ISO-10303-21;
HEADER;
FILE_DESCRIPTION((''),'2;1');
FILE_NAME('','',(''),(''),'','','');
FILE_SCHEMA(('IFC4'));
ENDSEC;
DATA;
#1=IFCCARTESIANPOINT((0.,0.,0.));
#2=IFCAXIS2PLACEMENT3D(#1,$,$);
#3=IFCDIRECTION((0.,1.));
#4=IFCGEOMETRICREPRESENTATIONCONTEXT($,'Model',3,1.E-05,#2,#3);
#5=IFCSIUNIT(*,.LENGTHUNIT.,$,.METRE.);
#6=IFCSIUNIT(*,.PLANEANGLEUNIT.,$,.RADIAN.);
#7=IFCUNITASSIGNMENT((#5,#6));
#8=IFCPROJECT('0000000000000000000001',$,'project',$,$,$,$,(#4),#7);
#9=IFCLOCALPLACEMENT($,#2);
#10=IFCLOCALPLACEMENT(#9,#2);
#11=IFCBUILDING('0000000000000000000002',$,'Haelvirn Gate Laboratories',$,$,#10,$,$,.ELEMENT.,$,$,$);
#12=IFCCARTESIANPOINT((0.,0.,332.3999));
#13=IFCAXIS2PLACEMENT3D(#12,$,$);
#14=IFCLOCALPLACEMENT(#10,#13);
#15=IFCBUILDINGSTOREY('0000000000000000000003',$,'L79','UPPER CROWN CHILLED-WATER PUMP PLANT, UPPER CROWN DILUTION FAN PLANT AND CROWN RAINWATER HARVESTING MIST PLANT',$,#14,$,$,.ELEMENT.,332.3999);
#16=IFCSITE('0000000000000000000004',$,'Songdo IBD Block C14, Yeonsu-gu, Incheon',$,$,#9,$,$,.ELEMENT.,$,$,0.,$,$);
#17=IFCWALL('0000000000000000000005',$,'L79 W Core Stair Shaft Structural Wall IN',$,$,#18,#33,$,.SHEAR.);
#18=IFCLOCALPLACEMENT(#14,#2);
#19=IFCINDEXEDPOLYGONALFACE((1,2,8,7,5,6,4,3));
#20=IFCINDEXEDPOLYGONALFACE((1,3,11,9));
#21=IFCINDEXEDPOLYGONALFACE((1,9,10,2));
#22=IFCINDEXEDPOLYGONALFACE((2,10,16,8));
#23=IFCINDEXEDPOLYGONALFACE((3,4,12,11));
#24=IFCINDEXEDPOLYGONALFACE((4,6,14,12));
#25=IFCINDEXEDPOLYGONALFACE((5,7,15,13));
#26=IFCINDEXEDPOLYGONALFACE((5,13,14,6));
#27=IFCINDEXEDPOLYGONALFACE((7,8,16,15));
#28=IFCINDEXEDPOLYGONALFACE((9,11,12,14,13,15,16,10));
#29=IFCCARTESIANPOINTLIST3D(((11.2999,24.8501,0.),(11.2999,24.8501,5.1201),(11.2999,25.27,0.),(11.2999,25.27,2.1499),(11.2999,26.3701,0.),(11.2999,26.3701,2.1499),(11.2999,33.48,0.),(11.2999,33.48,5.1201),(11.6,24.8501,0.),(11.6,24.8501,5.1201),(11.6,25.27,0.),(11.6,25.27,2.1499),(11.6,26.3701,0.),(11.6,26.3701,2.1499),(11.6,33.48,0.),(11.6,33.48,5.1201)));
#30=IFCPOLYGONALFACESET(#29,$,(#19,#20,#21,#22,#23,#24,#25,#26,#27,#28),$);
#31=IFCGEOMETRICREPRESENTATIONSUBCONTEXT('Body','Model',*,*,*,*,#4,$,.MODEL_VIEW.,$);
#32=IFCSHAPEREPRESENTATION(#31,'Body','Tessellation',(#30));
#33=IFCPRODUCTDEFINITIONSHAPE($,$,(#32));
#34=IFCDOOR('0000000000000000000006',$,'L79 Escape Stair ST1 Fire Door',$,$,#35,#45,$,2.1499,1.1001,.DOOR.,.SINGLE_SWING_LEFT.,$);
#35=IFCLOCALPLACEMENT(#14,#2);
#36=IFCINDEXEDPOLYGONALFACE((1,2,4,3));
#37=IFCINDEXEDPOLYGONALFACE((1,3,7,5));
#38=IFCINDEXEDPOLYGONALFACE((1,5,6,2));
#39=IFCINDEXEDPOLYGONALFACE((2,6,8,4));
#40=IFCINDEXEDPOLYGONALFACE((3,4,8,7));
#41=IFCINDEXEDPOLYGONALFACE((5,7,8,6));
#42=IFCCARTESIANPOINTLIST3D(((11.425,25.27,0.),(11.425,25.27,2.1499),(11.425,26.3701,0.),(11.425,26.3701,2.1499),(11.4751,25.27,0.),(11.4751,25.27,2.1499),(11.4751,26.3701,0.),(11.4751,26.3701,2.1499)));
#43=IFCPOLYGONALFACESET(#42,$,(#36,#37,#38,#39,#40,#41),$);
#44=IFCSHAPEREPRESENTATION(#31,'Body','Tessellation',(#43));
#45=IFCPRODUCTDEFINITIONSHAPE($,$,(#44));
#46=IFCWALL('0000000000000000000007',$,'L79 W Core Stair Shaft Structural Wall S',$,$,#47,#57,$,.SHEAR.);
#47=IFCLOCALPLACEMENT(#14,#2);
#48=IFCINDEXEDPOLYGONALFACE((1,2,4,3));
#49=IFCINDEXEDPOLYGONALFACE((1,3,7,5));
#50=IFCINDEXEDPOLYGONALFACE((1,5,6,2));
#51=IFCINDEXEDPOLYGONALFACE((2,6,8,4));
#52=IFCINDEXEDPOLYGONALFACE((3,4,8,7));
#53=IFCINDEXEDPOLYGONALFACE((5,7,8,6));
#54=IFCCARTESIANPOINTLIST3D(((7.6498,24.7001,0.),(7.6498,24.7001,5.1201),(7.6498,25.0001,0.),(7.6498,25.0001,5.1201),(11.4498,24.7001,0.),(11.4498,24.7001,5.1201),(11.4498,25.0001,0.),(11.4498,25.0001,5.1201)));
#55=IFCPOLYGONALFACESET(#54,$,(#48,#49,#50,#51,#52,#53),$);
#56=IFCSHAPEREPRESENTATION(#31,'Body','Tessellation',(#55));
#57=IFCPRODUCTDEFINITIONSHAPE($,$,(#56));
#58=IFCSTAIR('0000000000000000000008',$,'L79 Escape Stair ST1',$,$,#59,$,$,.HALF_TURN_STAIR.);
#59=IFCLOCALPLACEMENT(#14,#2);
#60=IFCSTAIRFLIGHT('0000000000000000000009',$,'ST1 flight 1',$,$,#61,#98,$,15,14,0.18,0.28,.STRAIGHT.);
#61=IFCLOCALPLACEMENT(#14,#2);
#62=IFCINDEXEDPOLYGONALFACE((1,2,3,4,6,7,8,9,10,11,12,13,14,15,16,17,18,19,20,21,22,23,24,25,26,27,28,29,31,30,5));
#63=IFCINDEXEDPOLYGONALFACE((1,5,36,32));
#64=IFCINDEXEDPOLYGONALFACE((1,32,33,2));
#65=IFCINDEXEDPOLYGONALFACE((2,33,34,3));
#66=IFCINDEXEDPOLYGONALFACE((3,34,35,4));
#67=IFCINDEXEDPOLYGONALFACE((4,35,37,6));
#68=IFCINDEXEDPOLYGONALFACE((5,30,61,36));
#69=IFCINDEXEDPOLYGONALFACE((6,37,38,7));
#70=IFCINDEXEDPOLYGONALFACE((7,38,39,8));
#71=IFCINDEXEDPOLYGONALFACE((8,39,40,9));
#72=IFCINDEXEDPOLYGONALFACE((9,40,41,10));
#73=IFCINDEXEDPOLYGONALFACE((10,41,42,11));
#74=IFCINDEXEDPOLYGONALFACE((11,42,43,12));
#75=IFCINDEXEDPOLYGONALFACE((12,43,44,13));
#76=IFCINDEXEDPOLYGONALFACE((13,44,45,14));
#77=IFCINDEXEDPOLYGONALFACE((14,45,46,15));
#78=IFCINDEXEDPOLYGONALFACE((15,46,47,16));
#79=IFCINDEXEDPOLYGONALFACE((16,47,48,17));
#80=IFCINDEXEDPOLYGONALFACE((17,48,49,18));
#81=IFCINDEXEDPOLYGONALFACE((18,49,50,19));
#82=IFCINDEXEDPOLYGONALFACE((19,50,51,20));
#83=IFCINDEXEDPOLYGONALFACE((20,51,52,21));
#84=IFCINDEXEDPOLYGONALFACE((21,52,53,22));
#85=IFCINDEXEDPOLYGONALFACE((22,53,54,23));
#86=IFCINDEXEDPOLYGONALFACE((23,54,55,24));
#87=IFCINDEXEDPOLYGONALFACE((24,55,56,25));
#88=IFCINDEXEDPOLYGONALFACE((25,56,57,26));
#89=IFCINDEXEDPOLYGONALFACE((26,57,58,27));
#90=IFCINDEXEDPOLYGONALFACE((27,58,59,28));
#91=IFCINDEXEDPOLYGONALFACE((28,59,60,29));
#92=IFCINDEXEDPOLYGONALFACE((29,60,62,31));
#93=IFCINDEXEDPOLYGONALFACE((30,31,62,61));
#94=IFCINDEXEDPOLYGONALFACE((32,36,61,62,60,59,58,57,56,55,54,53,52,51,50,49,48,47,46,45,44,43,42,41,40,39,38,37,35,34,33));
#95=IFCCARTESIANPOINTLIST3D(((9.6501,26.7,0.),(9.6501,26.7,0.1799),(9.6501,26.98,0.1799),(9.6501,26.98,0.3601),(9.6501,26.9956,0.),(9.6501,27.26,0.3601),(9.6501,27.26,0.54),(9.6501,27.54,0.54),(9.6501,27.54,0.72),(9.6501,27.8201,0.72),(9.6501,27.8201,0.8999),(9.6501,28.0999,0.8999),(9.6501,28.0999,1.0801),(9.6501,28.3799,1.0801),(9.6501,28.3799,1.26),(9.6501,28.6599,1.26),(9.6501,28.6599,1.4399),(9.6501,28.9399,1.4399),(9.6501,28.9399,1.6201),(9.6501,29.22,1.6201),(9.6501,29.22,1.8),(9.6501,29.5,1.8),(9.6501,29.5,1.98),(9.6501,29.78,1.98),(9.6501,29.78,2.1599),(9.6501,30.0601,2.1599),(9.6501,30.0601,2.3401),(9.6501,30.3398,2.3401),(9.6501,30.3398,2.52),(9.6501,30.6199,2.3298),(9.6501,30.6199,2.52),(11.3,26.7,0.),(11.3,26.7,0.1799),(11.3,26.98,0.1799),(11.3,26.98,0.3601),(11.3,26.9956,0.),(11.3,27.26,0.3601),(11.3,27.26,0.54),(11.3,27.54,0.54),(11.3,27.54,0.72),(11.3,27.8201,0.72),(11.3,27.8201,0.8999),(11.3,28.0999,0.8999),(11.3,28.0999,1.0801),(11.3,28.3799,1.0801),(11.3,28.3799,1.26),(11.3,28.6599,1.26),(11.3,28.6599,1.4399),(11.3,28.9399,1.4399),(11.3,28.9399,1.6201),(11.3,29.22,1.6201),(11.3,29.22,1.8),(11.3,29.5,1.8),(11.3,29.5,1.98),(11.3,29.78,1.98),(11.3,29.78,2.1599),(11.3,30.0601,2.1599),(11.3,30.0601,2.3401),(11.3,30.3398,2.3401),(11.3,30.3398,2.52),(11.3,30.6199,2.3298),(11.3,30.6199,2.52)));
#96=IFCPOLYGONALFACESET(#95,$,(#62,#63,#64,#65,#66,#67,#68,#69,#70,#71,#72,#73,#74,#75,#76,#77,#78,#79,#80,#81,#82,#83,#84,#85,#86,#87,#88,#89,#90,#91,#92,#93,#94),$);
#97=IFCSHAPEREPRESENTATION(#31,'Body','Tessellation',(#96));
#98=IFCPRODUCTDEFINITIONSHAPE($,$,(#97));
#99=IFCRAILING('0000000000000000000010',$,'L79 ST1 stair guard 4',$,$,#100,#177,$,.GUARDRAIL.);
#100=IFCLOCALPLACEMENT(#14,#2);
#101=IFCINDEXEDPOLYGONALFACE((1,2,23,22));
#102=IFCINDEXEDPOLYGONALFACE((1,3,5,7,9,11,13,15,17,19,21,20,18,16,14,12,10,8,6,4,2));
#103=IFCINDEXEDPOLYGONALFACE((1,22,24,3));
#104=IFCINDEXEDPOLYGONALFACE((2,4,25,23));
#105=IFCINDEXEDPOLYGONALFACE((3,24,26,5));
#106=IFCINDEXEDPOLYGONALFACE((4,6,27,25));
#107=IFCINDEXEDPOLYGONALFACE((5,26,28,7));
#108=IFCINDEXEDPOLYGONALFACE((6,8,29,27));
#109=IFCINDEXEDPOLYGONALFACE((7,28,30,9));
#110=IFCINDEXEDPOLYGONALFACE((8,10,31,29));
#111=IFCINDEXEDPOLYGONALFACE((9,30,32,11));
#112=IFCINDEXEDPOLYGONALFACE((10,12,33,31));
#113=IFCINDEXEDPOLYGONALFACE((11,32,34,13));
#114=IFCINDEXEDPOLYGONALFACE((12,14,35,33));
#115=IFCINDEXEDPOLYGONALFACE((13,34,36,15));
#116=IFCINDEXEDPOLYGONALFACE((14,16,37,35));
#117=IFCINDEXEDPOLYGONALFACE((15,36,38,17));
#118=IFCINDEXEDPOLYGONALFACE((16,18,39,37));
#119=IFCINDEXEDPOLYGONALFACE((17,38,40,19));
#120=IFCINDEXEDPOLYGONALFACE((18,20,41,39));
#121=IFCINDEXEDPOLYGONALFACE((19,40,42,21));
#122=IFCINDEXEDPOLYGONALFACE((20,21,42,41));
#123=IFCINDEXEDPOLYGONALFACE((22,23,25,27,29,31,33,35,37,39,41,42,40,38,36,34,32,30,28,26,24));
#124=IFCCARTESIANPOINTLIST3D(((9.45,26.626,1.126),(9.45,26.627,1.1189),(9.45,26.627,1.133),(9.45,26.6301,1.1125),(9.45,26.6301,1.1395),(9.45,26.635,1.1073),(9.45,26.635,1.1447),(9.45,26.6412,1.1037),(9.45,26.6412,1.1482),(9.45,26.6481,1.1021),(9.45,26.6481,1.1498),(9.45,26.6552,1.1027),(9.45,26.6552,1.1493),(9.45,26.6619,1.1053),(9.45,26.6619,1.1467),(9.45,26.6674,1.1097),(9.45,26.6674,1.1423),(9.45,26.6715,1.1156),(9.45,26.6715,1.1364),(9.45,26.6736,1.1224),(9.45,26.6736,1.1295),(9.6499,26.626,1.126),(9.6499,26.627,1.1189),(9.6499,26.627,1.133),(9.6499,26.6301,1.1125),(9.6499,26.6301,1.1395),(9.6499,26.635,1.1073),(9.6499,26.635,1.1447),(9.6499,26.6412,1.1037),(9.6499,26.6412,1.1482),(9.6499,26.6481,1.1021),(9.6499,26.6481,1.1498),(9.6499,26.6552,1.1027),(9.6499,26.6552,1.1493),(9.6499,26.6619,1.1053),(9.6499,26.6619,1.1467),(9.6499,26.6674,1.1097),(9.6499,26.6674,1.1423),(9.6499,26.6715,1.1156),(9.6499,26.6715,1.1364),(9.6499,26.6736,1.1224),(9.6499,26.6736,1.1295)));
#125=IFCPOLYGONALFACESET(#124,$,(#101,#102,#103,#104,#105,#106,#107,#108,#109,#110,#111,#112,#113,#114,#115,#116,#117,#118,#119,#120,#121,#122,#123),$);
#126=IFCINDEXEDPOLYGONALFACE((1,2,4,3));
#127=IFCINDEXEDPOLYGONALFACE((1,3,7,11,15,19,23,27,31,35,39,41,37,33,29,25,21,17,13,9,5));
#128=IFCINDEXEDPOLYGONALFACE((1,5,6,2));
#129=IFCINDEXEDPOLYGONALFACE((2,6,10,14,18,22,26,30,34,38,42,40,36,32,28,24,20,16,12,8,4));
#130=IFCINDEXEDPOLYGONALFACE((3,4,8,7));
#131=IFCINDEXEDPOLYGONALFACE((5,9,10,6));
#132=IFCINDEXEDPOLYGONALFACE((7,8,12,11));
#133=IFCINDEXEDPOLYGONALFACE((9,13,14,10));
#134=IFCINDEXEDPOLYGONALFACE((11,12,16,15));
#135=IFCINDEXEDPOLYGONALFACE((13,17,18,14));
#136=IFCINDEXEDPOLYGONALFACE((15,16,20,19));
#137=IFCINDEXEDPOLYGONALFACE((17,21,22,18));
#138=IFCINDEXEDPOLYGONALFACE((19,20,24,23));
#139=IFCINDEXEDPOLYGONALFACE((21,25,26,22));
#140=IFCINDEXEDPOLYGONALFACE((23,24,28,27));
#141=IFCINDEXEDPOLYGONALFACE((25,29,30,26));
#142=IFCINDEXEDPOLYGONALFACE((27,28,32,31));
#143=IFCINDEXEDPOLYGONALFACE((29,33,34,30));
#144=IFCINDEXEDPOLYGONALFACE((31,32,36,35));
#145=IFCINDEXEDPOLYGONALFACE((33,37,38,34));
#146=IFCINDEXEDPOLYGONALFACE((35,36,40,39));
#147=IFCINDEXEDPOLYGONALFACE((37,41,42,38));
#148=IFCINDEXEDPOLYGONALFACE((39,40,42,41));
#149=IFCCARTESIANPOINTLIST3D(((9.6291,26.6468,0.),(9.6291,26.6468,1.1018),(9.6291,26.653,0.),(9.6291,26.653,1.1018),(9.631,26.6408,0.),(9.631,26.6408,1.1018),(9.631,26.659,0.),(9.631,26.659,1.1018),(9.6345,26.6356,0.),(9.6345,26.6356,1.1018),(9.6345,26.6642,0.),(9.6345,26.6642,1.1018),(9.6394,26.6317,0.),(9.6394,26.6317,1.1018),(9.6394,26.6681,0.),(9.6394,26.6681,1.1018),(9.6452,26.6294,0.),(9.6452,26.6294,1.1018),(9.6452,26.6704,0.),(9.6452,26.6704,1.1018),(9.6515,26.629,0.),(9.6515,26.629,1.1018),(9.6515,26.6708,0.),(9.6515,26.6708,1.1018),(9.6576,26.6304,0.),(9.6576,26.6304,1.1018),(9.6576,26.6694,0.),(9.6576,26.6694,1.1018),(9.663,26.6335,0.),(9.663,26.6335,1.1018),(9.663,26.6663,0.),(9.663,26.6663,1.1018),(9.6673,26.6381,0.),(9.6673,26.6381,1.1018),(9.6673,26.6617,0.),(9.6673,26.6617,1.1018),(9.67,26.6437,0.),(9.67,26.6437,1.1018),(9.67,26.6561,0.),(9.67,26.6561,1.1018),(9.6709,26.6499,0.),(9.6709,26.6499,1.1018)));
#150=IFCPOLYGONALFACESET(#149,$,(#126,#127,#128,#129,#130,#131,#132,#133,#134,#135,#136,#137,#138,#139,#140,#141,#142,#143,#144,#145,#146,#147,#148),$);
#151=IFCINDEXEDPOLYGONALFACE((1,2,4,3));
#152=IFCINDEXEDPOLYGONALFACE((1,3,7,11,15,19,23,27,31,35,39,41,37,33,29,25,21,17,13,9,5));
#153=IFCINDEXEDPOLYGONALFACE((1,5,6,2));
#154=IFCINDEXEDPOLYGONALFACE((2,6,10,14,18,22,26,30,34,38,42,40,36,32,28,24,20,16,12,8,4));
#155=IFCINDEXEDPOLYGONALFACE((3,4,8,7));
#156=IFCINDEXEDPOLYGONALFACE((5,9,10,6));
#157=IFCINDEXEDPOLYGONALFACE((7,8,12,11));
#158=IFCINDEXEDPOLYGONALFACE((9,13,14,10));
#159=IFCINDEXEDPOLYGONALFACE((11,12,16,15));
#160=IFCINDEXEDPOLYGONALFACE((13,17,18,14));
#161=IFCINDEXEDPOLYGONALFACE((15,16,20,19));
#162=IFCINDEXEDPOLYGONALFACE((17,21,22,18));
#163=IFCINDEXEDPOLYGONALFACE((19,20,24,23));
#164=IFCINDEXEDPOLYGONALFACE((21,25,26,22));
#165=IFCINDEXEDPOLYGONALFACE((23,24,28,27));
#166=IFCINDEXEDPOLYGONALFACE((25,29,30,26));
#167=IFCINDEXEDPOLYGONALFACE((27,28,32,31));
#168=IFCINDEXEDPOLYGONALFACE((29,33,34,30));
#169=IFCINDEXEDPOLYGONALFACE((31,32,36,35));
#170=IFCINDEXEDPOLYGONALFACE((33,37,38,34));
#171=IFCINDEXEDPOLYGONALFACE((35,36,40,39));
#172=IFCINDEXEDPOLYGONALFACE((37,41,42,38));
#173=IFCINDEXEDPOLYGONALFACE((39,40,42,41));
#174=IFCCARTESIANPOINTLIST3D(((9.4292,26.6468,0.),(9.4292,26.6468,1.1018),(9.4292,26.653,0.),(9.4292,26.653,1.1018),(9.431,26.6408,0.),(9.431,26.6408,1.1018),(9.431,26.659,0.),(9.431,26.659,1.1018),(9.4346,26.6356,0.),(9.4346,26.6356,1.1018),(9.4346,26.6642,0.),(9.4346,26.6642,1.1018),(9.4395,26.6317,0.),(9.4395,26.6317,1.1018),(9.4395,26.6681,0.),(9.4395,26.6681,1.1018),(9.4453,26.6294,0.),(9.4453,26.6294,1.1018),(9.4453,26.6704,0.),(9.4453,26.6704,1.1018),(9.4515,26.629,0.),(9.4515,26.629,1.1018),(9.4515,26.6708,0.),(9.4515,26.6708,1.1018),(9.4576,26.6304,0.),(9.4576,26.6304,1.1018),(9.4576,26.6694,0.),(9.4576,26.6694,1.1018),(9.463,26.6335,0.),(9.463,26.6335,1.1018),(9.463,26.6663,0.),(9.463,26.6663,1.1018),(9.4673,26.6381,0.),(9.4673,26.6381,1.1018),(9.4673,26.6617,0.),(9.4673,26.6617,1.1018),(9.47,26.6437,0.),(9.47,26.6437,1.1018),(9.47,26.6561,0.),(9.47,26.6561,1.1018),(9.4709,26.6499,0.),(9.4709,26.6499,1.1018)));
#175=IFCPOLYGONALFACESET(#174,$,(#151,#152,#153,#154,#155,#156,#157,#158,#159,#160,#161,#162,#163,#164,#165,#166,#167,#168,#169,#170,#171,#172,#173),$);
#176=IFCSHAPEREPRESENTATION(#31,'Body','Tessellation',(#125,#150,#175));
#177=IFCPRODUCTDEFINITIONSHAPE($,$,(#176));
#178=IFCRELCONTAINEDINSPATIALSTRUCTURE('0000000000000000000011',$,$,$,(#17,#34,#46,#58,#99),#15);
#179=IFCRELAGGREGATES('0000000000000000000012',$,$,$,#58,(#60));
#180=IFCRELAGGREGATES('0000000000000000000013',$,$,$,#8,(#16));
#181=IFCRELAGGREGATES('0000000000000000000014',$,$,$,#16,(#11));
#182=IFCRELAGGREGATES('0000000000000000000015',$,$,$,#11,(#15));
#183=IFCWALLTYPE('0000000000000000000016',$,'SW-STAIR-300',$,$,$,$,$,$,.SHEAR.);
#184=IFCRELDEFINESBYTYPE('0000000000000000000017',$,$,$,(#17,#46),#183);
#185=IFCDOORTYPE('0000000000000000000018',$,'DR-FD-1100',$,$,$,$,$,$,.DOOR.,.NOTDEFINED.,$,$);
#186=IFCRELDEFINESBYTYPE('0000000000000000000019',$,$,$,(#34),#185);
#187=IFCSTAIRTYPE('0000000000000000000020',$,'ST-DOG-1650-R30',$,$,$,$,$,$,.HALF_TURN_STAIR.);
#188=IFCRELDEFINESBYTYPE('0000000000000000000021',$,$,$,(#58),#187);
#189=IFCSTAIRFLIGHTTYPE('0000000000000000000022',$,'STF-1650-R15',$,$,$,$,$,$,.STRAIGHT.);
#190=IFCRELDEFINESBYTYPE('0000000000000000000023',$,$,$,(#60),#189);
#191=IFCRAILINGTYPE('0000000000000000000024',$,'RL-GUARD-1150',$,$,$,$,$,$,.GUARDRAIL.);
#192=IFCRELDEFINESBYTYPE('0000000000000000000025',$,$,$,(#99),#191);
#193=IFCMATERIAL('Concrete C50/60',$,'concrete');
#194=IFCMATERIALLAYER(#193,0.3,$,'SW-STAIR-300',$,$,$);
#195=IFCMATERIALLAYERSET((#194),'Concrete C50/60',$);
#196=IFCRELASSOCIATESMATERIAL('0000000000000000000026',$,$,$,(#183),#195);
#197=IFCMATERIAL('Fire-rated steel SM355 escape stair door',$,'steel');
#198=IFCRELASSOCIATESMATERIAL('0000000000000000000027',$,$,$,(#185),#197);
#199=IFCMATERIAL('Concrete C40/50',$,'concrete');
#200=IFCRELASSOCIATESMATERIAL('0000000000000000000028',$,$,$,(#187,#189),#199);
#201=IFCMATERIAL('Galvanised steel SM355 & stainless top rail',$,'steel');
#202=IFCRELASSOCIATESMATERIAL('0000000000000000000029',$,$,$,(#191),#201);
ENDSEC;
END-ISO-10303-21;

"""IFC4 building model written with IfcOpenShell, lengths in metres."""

from ifc_helpers import new_model, si_unit, direction, frame, frame_2d, origin, origin_2d, place, context, subcontext, project, spatial, polyline, rectangle, circle, outline, extrude, source, transform, mapped, material, layer, layer_set, type_object, type_shapes, element, fill, aggregate, save


model = new_model("IFC4")

# Units and contexts
model_context = context("Model", 3, precision=1e-05, world=origin(), true_north=direction((0.0, 1.0)))
body_context = subcontext(model_context, "Body", "Model", "MODEL_VIEW")
ifc_project = project(units=[si_unit("LENGTHUNIT", "METRE"), si_unit("PLANEANGLEUNIT", "RADIAN")], contexts=[model_context])

# Site, building, storey
site_placement = place(None, origin())
site = spatial("IfcSite", under=ifc_project, at=site_placement, Name="Songdo IBD Block C14, Yeonsu-gu, Incheon", CompositionType="ELEMENT", RefElevation=0.0)
building_placement = place(site_placement, origin())
building = spatial("IfcBuilding", under=site, at=building_placement, Name="Haelvirn Gate Laboratories", CompositionType="ELEMENT")
storey_placement = place(building_placement, frame((0.0, 0.0, 332.3999)))
storey = spatial("IfcBuildingStorey", under=building, at=storey_placement, Name="L79", Description="UPPER CROWN CHILLED-WATER PUMP PLANT, UPPER CROWN DILUTION FAN PLANT AND CROWN RAINWATER HARVESTING MIST PLANT", CompositionType="ELEMENT", Elevation=332.3999)

# Shared definitions
ifc_material_1 = material(Name="Concrete C40/50", Category="concrete")

# Shared definitions
ifc_material_2 = material(Name="Concrete C50/60", Category="concrete")

# Wall, opening, door
ifc_layer_1 = layer(ifc_material_2, 0.3, Name="SW-STAIR-300")
ifc_layer_set_1 = layer_set([ifc_layer_1], Name="Concrete C50/60")
wall_type_1 = type_object("IfcWallType", Name="SW-STAIR-300", PredefinedType="SHEAR", material=ifc_layer_set_1)
wall_1_placement = place(storey_placement, frame((11.45, 24.8501, 0.0), z_axis=(0.0, 0.0, 1.0), x_axis=(0.0, 1.0, 0.0)))
wall_1 = element("IfcWall", 1, at=wall_1_placement, inside=storey, type_object=wall_type_1, Name="L79 W Core Stair Shaft Structural Wall IN", PredefinedType="SHEAR", context=body_context, shape_type="SweptSolid", body=[
    extrude(rectangle(XDim=8.6299, YDim=0.3, at=frame_2d((4.3149, 0.0))), origin(), (0.0, 0.0, 1.0), 5.1201),
])
opening_1_placement = place(wall_1_placement, frame((0.4199, 0.0, 0.0)))
opening_1 = element("IfcOpeningElement", 2, at=opening_1_placement, cuts=wall_1, PredefinedType="OPENING", context=body_context, shape_type="SweptSolid", body=[
    extrude(rectangle(XDim=1.1001, YDim=2.1499, at=frame_2d((0.55, 1.075))), frame((0.0, 0.1602, 0.0), z_axis=(0.0, -1.0, 0.0), x_axis=(1.0, 0.0, 0.0)), (0.0, 0.0, 1.0), 0.3201),
])
ifc_material_3 = material(Name="Fire-rated steel SM355 escape stair door", Category="steel")
door_type_1 = type_object("IfcDoorType", Name="DR-FD-1100", OperationType="NOTDEFINED", PredefinedType="DOOR", material=ifc_material_3)
shared_shape_1 = source(origin(), body_context, "Body", "SweptSolid", [
    extrude(rectangle(XDim=1.1001, YDim=2.1499, at=frame_2d((0.55, 1.075))), frame((0.0, 0.0249, 0.0), z_axis=(0.0, -1.0, 0.0), x_axis=(1.0, 0.0, 0.0)), (0.0, 0.0, 1.0), 0.05),
])
type_shapes(door_type_1, [shared_shape_1])
door_1_placement = place(opening_1_placement, origin())
door_1 = element("IfcDoor", 3, at=door_1_placement, inside=storey, type_object=door_type_1, Name="L79 Escape Stair ST1 Fire Door", OperationType="SINGLE_SWING_LEFT", OverallHeight=2.1499, OverallWidth=1.1001, PredefinedType="DOOR", context=body_context, shape_type="MappedRepresentation", body=[
    mapped(shared_shape_1, transform((0.0, 0.0, 0.0), scale=1.0)),
])
fill(opening_1, door_1)

# Wall
wall_2_placement = place(storey_placement, frame((7.6499, 24.8501, 0.0), z_axis=(0.0, 0.0, 1.0), x_axis=(1.0, 0.0, 0.0)))
element("IfcWall", 4, at=wall_2_placement, inside=storey, type_object=wall_type_1, Name="L79 W Core Stair Shaft Structural Wall S", PredefinedType="SHEAR", context=body_context, shape_type="SweptSolid", body=[
    extrude(rectangle(XDim=3.8, YDim=0.3, at=frame_2d((1.8999, 0.0))), origin(), (0.0, 0.0, 1.0), 5.1201),
])

# Stair, stair flight
stair_type = type_object("IfcStairType", Name="ST-DOG-1650-R30", PredefinedType="HALF_TURN_STAIR", material=ifc_material_1)
stair_placement = place(storey_placement, origin())
stair = element("IfcStair", 5, at=stair_placement, inside=storey, type_object=stair_type, Name="L79 Escape Stair ST1", PredefinedType="HALF_TURN_STAIR")
stair_flight_type = type_object("IfcStairFlightType", Name="STF-1650-R15", PredefinedType="STRAIGHT", material=ifc_material_1)
shared_shape_2 = source(origin(), body_context, "Body", "SweptSolid", [
    extrude(outline(polyline([(0.0, 0.0), (0.0, 0.1799), (0.28, 0.1799), (0.28, 0.3601), (0.5601, 0.3601), (0.5601, 0.54), (0.8401, 0.54), (0.8401, 0.72), (1.1201, 0.72), (1.1201, 0.8999), (1.3999, 0.8999), (1.3999, 1.0801), (1.6799, 1.0801), (1.6799, 1.26), (1.96, 1.26), (1.96, 1.4399), (2.24, 1.4399), (2.24, 1.6201), (2.52, 1.6201), (2.52, 1.8), (2.8, 1.8), (2.8, 1.98), (3.0801, 1.98), (3.0801, 2.1599), (3.3601, 2.1599), (3.3601, 2.3401), (3.6399, 2.3401), (3.6399, 2.52), (3.9199, 2.52), (3.9199, 2.7), (3.9199, 2.3298), (0.2957, 0.0), (0.0, 0.0)])), frame((0.0, 0.825, 0.0), z_axis=(0.0, -1.0, 0.0), x_axis=(1.0, 0.0, 0.0)), (0.0, 0.0, 1.0), 1.6499),
])
type_shapes(stair_flight_type, [shared_shape_2])
stair_flight_placement = place(storey_placement, frame((10.4751, 26.7, 0.0), z_axis=(0.0, 0.0, 1.0), x_axis=(0.0, 1.0, 0.0)))
stair_flight = element("IfcStairFlight", 6, at=stair_flight_placement, type_object=stair_flight_type, Name="ST1 flight 1", NumberOfRisers=15, NumberOfTreads=14, PredefinedType="STRAIGHT", RiserHeight=0.18, TreadLength=0.28, context=body_context, shape_type="MappedRepresentation", body=[
    mapped(shared_shape_2, transform((0.0, 0.0, 0.0), scale=1.0)),
])
aggregate(stair, [stair_flight])

# Railing
ifc_material_4 = material(Name="Galvanised steel SM355 & stainless top rail", Category="steel")
railing_type_1 = type_object("IfcRailingType", Name="RL-GUARD-1150", PredefinedType="GUARDRAIL", material=ifc_material_4)
shared_shape_3 = source(origin(), body_context, "Body", "SweptSolid", [
    extrude(circle(Radius=0.0239, at=origin_2d()), frame((0.0, 0.0, 1.126), z_axis=(-1.0, 0.0, 0.0), x_axis=(0.0, -1.0, 0.0)), (0.0, 0.0, 1.0), 0.2),
    extrude(circle(Radius=0.021, at=origin_2d()), origin(), (0.0, 0.0, 1.0), 1.1018),
    extrude(circle(Radius=0.021, at=origin_2d()), frame((-0.2, 0.0, 0.0)), (0.0, 0.0, 1.0), 1.1018),
])
railing_1_placement = place(storey_placement, frame((9.6499, 26.6499, 0.0)))
element("IfcRailing", 7, at=railing_1_placement, inside=storey, type_object=railing_type_1, Name="L79 ST1 stair guard 4", PredefinedType="GUARDRAIL", context=body_context, shape_type="MappedRepresentation", body=[
    mapped(shared_shape_3, transform((0.0, 0.0, 0.0), scale=1.0)),
])

save(model, "model.ifc")
